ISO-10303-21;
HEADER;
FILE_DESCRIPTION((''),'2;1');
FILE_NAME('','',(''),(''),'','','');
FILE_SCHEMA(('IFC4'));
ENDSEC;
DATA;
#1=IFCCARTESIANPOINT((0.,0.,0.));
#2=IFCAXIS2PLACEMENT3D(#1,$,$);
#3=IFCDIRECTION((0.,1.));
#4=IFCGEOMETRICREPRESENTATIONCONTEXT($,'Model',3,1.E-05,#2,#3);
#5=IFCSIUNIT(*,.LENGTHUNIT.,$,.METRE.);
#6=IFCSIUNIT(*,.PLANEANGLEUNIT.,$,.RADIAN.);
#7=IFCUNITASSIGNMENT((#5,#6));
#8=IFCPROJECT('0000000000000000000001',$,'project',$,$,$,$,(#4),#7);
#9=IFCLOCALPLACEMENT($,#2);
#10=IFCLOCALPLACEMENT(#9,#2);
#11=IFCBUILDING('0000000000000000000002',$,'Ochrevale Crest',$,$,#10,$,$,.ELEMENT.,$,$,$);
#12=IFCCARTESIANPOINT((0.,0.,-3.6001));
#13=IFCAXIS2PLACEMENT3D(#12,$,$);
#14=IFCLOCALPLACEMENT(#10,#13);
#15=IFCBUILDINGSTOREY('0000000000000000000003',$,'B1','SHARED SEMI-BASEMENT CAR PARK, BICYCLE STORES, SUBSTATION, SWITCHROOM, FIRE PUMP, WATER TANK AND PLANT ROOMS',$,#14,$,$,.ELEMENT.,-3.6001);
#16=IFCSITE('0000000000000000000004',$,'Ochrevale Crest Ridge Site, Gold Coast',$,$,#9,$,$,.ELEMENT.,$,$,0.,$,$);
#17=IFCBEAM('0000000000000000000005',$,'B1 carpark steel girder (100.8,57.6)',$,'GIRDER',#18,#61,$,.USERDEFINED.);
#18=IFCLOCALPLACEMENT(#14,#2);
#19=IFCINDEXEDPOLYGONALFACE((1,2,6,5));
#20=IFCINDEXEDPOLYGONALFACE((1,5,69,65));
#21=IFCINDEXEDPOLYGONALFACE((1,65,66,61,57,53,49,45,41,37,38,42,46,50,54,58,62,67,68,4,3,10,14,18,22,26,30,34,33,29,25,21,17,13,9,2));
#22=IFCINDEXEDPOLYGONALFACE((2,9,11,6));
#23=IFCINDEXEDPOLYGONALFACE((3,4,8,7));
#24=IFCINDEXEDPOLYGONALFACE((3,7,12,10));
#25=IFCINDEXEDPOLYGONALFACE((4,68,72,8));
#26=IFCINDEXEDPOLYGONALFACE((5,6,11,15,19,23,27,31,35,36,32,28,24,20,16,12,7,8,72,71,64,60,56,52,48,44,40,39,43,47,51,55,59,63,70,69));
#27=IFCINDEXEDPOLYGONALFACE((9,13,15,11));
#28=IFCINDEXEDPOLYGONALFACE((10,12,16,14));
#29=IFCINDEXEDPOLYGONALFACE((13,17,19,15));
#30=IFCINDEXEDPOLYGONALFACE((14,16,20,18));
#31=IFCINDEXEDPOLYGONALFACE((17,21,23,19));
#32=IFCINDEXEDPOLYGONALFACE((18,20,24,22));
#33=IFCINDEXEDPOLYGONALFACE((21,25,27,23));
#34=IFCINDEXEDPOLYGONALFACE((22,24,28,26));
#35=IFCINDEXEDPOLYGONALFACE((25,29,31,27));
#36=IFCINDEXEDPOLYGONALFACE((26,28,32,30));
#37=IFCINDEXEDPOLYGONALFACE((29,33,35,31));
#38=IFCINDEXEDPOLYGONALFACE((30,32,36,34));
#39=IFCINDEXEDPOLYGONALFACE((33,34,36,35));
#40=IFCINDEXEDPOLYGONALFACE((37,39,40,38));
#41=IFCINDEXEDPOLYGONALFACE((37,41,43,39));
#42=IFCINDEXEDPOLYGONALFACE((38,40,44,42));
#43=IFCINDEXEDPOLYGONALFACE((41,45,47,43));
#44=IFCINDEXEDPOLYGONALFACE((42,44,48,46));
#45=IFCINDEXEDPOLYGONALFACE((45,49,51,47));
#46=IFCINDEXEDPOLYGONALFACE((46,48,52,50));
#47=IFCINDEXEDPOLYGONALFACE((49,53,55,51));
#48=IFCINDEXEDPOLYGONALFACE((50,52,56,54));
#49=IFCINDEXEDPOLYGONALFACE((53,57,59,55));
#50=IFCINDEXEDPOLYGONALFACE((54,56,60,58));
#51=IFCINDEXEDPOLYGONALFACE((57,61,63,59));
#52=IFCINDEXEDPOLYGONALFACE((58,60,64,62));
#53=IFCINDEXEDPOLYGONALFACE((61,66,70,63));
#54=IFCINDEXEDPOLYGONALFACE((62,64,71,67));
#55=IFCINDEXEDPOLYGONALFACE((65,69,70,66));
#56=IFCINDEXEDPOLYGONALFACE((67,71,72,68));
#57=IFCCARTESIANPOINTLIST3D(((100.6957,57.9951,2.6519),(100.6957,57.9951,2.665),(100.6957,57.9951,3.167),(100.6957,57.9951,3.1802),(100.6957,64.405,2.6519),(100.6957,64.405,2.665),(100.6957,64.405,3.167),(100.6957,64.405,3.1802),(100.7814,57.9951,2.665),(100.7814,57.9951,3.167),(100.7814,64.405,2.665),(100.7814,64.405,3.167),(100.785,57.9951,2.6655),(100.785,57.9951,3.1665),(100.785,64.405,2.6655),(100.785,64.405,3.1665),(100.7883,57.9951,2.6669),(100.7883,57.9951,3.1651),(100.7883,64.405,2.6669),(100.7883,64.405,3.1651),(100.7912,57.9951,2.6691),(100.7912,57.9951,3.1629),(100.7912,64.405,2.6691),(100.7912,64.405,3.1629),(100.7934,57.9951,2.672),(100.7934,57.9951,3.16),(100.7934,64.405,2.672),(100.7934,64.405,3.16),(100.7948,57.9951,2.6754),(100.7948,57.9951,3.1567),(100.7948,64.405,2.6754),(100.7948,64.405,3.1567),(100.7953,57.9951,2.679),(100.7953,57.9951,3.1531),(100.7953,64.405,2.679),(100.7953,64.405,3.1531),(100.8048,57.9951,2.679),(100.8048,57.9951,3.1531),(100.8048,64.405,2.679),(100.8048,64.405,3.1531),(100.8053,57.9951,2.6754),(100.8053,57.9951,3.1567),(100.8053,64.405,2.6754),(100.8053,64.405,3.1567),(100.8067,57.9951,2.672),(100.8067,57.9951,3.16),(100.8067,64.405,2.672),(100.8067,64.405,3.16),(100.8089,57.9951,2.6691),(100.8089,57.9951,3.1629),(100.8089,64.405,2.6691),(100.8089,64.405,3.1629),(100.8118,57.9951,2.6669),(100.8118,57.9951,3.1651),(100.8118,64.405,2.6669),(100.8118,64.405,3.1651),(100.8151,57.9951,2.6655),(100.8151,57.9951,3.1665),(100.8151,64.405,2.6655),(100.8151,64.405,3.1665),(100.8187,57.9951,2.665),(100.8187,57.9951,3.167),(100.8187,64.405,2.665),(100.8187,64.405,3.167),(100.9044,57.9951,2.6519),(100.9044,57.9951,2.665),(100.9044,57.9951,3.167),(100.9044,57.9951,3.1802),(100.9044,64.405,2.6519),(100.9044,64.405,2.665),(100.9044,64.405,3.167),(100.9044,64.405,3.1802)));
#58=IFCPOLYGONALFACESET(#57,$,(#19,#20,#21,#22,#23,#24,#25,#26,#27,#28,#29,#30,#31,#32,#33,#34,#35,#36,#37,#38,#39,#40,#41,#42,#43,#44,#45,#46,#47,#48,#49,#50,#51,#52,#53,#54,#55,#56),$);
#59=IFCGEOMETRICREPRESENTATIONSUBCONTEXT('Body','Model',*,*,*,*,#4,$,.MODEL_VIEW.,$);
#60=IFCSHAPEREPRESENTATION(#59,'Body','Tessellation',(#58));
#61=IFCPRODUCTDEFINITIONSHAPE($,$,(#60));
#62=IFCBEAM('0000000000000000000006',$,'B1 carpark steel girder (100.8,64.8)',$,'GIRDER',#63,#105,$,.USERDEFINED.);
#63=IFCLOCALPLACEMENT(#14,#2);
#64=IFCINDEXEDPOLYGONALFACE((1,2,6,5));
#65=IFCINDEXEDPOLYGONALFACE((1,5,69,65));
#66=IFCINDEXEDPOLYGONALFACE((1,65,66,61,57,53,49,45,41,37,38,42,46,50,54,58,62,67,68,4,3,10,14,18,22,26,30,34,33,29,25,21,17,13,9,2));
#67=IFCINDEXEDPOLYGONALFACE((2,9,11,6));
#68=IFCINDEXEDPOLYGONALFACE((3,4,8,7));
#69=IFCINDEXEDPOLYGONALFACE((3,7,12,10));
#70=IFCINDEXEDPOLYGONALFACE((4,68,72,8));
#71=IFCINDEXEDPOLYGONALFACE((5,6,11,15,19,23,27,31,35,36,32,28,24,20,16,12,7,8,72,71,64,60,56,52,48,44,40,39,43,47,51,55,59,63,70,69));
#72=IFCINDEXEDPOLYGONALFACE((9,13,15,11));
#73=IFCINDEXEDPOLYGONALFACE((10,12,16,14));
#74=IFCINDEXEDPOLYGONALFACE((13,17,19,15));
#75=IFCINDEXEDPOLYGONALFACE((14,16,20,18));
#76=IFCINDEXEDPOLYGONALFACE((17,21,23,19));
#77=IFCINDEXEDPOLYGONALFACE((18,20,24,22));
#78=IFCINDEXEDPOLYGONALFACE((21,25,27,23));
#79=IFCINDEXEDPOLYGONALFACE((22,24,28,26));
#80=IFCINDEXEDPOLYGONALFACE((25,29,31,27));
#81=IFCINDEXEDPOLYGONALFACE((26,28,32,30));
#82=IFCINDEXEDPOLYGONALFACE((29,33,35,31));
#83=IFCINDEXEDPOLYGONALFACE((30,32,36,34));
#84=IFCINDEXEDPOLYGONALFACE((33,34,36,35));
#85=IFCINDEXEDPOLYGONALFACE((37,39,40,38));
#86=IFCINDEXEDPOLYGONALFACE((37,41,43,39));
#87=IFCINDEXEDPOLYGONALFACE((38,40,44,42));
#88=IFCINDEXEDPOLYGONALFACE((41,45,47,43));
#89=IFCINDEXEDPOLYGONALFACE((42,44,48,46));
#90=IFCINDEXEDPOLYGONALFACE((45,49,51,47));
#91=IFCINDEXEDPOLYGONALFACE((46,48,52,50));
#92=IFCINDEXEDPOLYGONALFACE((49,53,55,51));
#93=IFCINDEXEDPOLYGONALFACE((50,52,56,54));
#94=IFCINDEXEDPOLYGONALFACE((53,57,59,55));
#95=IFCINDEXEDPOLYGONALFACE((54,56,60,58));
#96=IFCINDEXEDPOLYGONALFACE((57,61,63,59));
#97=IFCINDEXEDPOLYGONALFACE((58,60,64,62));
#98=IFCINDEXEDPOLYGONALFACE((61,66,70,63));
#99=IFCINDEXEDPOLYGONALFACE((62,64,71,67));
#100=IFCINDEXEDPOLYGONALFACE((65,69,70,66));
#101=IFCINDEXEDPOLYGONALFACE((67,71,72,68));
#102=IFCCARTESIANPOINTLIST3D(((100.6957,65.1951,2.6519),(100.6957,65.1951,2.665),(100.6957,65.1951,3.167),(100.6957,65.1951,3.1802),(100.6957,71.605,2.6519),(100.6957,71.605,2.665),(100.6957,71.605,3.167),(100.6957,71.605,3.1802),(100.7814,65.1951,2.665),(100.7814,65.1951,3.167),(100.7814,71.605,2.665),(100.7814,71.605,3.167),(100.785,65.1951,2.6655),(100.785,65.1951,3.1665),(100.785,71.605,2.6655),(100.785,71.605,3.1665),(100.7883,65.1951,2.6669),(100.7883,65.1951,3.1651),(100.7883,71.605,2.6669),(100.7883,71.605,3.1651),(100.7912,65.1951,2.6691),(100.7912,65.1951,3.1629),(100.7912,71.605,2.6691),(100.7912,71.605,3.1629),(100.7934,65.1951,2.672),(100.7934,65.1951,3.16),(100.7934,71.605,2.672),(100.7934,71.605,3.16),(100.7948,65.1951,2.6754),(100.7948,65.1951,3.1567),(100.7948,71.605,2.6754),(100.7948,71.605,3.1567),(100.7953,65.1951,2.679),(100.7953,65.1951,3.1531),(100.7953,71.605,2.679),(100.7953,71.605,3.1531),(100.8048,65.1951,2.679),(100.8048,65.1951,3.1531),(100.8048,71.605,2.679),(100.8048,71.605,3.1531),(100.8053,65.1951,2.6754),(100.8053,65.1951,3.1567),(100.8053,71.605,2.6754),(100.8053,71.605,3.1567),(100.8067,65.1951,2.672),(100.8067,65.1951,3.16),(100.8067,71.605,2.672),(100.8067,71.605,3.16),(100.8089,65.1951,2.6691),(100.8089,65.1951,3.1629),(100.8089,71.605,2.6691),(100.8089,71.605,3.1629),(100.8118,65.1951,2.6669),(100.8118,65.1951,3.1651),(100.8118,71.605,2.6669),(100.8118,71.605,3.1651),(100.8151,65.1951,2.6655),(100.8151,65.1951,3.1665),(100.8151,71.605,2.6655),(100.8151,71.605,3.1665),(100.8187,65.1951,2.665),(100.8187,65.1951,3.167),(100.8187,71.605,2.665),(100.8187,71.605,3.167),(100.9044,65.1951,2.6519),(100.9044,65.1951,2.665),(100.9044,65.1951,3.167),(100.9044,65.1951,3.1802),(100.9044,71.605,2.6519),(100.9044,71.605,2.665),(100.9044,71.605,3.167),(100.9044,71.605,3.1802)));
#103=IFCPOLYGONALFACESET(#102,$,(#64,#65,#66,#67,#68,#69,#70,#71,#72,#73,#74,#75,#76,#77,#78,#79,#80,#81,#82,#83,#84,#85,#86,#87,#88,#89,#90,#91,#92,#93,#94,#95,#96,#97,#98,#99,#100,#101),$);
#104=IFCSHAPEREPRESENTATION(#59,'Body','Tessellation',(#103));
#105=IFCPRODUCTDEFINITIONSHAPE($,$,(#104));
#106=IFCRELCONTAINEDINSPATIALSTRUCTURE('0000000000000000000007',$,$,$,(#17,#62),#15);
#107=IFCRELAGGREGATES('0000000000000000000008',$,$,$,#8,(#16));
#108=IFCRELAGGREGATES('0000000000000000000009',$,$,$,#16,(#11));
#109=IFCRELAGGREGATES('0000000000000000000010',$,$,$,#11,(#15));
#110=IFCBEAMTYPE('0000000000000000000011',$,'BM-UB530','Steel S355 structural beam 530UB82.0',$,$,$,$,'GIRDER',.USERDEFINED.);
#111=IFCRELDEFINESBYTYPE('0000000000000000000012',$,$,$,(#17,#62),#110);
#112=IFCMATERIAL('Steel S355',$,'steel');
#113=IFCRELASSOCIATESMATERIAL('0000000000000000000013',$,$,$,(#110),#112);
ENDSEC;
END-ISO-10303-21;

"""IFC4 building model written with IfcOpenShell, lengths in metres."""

from ifc_helpers import new_model, si_unit, direction, frame, origin, origin_2d, place, context, subcontext, project, spatial, i_section, extrude, material, material_profile, profile_set, type_object, element, save


model = new_model("IFC4")

# Units and contexts
model_context = context("Model", 3, precision=1e-05, world=origin(), true_north=direction((0.0, 1.0)))
body_context = subcontext(model_context, "Body", "Model", "MODEL_VIEW")
ifc_project = project(units=[si_unit("LENGTHUNIT", "METRE"), si_unit("PLANEANGLEUNIT", "RADIAN")], contexts=[model_context])

# Site, building, storey
site_placement = place(None, origin())
site = spatial("IfcSite", under=ifc_project, at=site_placement, Name="Ochrevale Crest Ridge Site, Gold Coast", CompositionType="ELEMENT", RefElevation=0.0)
building_placement = place(site_placement, origin())
building = spatial("IfcBuilding", under=site, at=building_placement, Name="Ochrevale Crest", CompositionType="ELEMENT")
storey_placement = place(building_placement, frame((0.0, 0.0, -3.6001)))
storey = spatial("IfcBuildingStorey", under=building, at=storey_placement, Name="B1", Description="SHARED SEMI-BASEMENT CAR PARK, BICYCLE STORES, SUBSTATION, SWITCHROOM, FIRE PUMP, WATER TANK AND PLANT ROOMS", CompositionType="ELEMENT", Elevation=-3.6001)

# Beams
ifc_material_1 = material(Name="Steel S355", Category="steel")
ifc_material_profile_1 = material_profile(ifc_material_1, i_section(OverallWidth=0.2087, OverallDepth=0.5283, WebThickness=0.0095, FlangeThickness=0.0132, FilletRadius=0.0139, at=origin_2d()), Name="530UB82.0")
ifc_profile_set_1 = profile_set([ifc_material_profile_1], Name="Steel S355")
beam_type_1 = type_object("IfcBeamType", Name="BM-UB530", Description="Steel S355 structural beam 530UB82.0", ElementType="GIRDER", PredefinedType="USERDEFINED", material=ifc_profile_set_1)
for number, where, z_axis, x_axis, name in (
    (1, (100.8, 57.9951, 2.916), (0.0, 1.0, 0.0), (-1.0, 0.0, 0.0), "B1 carpark steel girder (100.8,57.6)"),
    (2, (100.8, 65.1951, 2.916), (0.0, 1.0, 0.0), (-1.0, 0.0, 0.0), "B1 carpark steel girder (100.8,64.8)"),
):
    element("IfcBeam", number, at=place(storey_placement, frame(where, z_axis=z_axis, x_axis=x_axis)), inside=storey, type_object=beam_type_1, Name=name, ObjectType="GIRDER", PredefinedType="USERDEFINED", context=body_context, shape_type="SweptSolid", body=[
        extrude(i_section(OverallWidth=0.2087, OverallDepth=0.5283, WebThickness=0.0095, FlangeThickness=0.0132, FilletRadius=0.0139, at=origin_2d()), origin(), (0.0, 0.0, 1.0), 6.4099),
    ])

save(model, "model.ifc")
